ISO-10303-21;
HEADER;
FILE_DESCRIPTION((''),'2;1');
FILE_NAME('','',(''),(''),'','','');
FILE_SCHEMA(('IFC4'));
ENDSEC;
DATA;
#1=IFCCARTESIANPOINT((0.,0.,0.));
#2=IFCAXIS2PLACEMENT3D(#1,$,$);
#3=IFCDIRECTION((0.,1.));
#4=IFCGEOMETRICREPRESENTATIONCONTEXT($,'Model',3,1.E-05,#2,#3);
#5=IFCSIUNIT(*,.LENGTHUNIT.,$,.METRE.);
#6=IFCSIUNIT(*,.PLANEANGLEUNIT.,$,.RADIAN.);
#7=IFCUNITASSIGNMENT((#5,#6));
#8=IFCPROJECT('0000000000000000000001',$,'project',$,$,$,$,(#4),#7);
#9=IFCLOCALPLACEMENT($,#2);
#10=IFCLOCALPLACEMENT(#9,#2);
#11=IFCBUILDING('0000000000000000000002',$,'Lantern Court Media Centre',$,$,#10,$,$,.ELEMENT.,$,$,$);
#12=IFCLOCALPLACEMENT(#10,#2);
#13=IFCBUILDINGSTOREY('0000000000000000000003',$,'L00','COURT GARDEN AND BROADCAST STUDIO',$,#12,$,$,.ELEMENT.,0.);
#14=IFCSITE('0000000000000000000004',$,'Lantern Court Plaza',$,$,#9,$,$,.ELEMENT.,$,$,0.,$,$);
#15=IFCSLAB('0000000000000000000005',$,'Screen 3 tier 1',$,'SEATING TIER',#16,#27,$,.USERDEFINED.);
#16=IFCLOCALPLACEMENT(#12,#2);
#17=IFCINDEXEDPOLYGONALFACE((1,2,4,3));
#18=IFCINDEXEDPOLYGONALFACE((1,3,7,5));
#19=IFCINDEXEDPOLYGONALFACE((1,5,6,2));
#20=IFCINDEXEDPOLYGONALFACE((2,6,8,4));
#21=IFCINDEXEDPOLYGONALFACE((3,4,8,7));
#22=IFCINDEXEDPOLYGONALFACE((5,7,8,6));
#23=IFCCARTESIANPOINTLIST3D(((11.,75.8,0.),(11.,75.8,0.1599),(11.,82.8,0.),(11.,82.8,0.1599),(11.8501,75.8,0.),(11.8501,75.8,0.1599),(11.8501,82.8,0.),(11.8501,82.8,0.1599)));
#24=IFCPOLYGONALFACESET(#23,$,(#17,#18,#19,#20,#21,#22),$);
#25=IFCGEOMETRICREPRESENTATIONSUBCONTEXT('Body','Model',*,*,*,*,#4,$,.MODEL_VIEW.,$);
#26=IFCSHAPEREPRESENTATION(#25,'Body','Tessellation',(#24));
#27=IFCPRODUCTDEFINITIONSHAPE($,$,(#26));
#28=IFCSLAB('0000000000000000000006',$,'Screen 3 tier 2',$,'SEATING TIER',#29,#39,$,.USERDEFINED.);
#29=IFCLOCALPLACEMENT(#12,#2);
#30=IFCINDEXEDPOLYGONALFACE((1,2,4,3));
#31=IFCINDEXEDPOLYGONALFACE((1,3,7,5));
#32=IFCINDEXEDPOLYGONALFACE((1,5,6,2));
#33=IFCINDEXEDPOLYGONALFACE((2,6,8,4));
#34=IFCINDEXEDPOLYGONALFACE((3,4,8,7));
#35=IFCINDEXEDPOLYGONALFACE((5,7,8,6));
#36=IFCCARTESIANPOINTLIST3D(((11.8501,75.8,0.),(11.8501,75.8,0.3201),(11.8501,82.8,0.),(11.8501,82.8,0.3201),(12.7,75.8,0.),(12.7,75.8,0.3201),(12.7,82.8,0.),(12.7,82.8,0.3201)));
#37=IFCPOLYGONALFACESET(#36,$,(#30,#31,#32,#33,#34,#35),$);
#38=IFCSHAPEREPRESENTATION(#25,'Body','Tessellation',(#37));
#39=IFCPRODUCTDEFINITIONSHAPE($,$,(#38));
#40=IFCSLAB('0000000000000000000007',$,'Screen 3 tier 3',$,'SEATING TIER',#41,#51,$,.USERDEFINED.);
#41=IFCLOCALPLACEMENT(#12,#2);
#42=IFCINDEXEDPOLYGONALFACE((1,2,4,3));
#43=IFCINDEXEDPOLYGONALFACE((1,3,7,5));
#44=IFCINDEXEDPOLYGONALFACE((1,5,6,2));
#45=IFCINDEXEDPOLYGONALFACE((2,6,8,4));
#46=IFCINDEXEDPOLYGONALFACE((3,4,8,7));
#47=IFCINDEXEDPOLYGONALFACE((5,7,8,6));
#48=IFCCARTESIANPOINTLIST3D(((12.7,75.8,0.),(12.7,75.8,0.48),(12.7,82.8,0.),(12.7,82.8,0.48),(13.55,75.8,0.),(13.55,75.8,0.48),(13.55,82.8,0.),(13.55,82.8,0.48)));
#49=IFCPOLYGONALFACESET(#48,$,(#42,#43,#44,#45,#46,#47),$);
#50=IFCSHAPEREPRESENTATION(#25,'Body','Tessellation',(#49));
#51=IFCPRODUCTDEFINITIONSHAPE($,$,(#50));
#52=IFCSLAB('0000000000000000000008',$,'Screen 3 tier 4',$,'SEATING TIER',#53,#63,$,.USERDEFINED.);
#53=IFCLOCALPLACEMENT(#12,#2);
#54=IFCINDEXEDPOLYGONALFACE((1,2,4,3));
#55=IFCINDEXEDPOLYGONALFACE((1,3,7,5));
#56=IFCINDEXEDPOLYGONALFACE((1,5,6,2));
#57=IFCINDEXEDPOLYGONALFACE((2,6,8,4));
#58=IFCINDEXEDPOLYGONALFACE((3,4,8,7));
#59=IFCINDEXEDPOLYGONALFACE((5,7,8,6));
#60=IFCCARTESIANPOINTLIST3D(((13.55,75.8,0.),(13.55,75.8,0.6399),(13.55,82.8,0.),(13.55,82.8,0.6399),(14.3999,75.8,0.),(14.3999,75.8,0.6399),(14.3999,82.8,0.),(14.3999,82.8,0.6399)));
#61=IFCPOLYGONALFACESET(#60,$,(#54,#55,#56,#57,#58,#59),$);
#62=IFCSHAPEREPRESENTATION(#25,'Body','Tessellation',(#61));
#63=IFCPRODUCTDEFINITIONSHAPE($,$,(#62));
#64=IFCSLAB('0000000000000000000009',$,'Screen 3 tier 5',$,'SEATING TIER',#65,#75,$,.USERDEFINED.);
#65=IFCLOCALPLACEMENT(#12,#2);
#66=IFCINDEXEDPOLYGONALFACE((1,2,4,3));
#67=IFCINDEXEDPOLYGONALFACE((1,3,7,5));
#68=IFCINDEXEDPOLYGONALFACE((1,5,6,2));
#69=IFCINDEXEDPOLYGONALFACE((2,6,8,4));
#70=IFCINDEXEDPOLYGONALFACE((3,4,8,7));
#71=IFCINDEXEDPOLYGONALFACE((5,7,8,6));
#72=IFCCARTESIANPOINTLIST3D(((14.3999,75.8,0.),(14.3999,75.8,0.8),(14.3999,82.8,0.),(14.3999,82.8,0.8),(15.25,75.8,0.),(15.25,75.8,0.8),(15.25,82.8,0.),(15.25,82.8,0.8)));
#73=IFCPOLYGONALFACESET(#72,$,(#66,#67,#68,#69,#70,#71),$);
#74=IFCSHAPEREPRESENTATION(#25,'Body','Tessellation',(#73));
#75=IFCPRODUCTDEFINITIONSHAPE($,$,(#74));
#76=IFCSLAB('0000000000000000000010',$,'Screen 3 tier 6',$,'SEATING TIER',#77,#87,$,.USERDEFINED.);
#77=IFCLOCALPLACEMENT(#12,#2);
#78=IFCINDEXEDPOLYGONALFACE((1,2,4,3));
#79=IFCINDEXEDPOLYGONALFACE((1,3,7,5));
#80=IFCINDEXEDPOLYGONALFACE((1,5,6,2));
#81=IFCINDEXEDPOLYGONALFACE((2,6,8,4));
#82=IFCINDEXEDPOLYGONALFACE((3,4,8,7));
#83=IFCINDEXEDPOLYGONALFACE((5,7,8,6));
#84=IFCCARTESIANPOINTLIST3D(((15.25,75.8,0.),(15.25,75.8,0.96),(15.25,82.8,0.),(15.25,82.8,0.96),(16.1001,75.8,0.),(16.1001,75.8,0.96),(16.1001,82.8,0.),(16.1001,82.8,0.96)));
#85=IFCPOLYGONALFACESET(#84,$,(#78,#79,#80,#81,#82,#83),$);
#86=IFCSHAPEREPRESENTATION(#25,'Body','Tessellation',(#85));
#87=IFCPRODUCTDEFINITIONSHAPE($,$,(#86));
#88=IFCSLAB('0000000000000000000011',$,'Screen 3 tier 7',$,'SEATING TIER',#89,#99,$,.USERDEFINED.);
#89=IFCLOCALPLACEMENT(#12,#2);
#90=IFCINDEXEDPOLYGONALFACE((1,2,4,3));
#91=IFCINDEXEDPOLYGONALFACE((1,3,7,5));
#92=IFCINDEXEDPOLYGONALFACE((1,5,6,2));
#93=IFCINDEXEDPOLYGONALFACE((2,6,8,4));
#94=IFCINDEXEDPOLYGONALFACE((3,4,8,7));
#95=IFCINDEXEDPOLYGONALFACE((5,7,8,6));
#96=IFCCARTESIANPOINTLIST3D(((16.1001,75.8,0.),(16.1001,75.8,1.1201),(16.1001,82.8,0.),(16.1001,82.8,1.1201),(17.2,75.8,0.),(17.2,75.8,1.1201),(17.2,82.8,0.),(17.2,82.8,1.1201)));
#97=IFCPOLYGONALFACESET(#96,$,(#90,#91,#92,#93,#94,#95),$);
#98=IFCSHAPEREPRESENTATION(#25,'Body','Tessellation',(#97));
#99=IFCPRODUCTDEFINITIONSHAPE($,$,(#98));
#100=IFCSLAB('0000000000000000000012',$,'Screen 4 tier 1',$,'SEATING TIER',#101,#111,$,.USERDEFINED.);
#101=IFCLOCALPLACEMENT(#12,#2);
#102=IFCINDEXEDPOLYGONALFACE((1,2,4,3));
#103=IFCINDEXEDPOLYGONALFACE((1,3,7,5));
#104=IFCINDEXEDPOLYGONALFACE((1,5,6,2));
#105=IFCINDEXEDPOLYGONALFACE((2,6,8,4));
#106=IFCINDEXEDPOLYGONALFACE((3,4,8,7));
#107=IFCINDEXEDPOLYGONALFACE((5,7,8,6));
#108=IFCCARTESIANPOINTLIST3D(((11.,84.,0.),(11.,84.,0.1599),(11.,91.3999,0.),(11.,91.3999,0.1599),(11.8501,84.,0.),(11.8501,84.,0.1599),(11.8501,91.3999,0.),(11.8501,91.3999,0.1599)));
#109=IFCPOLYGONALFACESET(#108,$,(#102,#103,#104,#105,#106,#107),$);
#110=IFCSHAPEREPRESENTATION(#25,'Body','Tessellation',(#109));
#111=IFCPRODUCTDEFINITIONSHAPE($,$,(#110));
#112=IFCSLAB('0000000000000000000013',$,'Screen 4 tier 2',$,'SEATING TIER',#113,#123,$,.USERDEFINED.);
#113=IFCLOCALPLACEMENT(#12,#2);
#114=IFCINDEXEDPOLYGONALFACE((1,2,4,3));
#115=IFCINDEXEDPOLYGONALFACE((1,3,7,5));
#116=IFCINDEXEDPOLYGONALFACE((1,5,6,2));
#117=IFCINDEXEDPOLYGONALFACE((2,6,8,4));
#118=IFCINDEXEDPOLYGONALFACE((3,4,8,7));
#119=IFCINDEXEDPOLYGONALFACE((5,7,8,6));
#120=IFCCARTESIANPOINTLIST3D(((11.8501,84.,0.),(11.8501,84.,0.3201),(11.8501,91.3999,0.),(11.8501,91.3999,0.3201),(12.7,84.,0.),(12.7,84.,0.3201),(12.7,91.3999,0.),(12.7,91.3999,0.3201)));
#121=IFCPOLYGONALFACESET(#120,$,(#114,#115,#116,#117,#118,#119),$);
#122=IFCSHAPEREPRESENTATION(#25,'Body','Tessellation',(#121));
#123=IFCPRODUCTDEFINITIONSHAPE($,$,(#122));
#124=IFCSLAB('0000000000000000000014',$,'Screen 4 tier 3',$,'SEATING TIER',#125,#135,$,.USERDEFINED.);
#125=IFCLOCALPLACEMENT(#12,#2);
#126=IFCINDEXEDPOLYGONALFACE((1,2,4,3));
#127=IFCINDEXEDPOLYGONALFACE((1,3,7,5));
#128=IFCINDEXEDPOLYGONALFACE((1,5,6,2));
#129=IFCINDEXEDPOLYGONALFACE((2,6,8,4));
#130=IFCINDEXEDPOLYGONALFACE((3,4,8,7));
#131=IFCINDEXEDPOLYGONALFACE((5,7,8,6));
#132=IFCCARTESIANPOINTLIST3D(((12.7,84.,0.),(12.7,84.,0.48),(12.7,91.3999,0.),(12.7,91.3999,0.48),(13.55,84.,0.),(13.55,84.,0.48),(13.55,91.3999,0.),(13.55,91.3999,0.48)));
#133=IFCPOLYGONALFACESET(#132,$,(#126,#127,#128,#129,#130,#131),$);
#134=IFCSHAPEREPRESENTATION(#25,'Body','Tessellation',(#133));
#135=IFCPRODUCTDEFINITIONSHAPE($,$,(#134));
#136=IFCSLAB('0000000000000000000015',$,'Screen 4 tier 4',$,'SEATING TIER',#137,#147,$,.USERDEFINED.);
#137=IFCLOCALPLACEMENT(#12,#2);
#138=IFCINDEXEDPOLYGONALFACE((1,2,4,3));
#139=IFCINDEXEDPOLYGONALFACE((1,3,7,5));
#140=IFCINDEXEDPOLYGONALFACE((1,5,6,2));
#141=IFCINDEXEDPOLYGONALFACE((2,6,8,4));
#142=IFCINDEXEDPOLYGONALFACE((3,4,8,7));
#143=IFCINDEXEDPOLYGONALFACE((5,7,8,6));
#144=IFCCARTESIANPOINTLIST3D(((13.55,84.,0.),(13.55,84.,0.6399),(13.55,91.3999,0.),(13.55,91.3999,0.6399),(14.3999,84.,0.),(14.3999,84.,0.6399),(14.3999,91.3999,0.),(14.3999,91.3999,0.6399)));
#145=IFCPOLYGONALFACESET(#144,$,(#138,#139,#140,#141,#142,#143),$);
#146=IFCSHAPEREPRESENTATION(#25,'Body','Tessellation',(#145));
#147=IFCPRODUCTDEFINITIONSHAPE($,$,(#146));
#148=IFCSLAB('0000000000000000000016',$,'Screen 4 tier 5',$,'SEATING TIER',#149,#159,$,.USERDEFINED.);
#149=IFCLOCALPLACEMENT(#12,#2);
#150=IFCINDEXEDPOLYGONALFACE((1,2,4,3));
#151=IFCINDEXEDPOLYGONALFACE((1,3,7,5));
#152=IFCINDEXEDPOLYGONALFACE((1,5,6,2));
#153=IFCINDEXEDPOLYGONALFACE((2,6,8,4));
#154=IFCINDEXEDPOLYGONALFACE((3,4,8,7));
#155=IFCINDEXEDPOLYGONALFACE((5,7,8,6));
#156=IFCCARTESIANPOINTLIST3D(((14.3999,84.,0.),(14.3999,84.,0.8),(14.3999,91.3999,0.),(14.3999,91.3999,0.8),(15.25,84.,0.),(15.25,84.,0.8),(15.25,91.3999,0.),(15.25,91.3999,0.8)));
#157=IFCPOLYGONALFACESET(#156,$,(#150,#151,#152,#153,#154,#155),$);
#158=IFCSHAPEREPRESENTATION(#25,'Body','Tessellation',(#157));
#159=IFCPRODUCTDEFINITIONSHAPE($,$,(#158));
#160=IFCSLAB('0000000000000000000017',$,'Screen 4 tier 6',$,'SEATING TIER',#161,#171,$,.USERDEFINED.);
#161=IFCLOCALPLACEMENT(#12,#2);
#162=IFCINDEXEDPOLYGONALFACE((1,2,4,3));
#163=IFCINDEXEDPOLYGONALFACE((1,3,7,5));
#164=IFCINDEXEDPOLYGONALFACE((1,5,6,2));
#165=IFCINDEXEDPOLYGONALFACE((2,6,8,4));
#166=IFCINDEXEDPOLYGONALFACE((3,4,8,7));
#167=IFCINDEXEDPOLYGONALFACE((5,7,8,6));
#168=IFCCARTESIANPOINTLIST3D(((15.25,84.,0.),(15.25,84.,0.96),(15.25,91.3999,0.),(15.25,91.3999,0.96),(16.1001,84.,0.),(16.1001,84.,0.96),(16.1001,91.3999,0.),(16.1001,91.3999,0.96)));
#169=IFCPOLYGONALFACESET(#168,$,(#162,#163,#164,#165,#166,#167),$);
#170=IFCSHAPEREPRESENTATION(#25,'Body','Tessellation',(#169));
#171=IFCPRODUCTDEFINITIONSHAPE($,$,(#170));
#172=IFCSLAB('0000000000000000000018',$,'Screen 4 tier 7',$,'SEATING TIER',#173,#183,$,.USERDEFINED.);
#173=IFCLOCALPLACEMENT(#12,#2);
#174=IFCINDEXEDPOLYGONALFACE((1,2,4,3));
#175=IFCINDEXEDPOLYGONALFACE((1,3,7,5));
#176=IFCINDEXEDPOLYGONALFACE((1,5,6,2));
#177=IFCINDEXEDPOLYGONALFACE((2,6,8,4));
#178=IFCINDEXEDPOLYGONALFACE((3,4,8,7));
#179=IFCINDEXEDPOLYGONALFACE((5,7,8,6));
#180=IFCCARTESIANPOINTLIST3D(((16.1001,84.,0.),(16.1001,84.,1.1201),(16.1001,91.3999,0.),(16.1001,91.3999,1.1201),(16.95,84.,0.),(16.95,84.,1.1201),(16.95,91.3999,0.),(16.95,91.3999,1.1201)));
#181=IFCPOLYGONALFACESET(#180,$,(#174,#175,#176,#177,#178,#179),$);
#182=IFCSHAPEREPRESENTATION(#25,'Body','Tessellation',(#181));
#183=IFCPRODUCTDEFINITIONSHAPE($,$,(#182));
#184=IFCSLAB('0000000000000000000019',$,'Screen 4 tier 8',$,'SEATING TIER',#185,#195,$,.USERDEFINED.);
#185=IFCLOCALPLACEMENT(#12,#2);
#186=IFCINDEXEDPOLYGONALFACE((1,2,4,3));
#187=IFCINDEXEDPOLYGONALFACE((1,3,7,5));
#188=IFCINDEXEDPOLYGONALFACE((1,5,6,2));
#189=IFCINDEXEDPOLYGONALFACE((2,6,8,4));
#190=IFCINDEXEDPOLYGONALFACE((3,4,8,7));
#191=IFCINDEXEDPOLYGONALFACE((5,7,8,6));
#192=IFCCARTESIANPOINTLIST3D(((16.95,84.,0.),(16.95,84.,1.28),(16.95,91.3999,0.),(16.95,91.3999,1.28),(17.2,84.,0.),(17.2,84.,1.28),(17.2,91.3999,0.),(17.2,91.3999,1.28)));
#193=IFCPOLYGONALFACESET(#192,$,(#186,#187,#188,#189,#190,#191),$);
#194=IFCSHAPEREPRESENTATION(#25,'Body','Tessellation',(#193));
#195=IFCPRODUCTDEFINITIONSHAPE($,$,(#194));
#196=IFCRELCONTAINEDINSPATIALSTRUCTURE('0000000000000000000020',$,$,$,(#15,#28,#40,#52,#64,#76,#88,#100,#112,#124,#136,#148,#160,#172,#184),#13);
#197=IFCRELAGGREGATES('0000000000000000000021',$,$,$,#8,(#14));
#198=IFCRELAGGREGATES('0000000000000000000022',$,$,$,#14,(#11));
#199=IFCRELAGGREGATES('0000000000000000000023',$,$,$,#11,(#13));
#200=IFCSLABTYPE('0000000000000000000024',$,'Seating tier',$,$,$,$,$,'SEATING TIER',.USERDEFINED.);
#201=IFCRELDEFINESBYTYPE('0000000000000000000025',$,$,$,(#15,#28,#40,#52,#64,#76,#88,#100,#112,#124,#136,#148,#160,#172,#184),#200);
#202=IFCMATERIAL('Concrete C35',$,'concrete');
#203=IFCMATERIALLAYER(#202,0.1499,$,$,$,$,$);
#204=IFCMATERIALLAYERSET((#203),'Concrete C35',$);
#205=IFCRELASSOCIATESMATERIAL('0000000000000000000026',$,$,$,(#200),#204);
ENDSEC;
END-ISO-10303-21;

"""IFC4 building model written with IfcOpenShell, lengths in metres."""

from ifc_helpers import new_model, si_unit, direction, origin, place, context, subcontext, project, spatial, polyline, outline, extrude, material, layer, layer_set, type_object, element, save


model = new_model("IFC4")

# Units and contexts
model_context = context("Model", 3, precision=1e-05, world=origin(), true_north=direction((0.0, 1.0)))
body_context = subcontext(model_context, "Body", "Model", "MODEL_VIEW")
ifc_project = project(units=[si_unit("LENGTHUNIT", "METRE"), si_unit("PLANEANGLEUNIT", "RADIAN")], contexts=[model_context])

# Site, building, storey
site_placement = place(None, origin())
site = spatial("IfcSite", under=ifc_project, at=site_placement, Name="Lantern Court Plaza", CompositionType="ELEMENT", RefElevation=0.0)
building_placement = place(site_placement, origin())
building = spatial("IfcBuilding", under=site, at=building_placement, Name="Lantern Court Media Centre", CompositionType="ELEMENT")
storey_placement = place(building_placement, origin())
storey = spatial("IfcBuildingStorey", under=building, at=storey_placement, Name="L00", Description="COURT GARDEN AND BROADCAST STUDIO", CompositionType="ELEMENT", Elevation=0.0)

# Slabs
ifc_material_1 = material(Name="Concrete C35", Category="concrete")
ifc_layer_1 = layer(ifc_material_1, 0.1499)
ifc_layer_set_1 = layer_set([ifc_layer_1], Name="Concrete C35")
slab_type = type_object("IfcSlabType", Name="Seating tier", ElementType="SEATING TIER", PredefinedType="USERDEFINED", material=ifc_layer_set_1)
slab_1_placement = place(storey_placement, origin())
element("IfcSlab", 1, at=slab_1_placement, inside=storey, type_object=slab_type, Name="Screen 3 tier 1", ObjectType="SEATING TIER", PredefinedType="USERDEFINED", context=body_context, shape_type="SweptSolid", body=[
    extrude(outline(polyline([(11.0, 75.8), (11.8501, 75.8), (11.8501, 82.8), (11.0, 82.8), (11.0, 75.8)])), origin(), (0.0, 0.0, 1.0), 0.1599),
])
slab_2_placement = place(storey_placement, origin())
element("IfcSlab", 2, at=slab_2_placement, inside=storey, type_object=slab_type, Name="Screen 3 tier 2", ObjectType="SEATING TIER", PredefinedType="USERDEFINED", context=body_context, shape_type="SweptSolid", body=[
    extrude(outline(polyline([(11.8501, 75.8), (12.7, 75.8), (12.7, 82.8), (11.8501, 82.8), (11.8501, 75.8)])), origin(), (0.0, 0.0, 1.0), 0.3201),
])
slab_3_placement = place(storey_placement, origin())
element("IfcSlab", 3, at=slab_3_placement, inside=storey, type_object=slab_type, Name="Screen 3 tier 3", ObjectType="SEATING TIER", PredefinedType="USERDEFINED", context=body_context, shape_type="SweptSolid", body=[
    extrude(outline(polyline([(12.7, 75.8), (13.55, 75.8), (13.55, 82.8), (12.7, 82.8), (12.7, 75.8)])), origin(), (0.0, 0.0, 1.0), 0.48),
])
slab_4_placement = place(storey_placement, origin())
element("IfcSlab", 4, at=slab_4_placement, inside=storey, type_object=slab_type, Name="Screen 3 tier 4", ObjectType="SEATING TIER", PredefinedType="USERDEFINED", context=body_context, shape_type="SweptSolid", body=[
    extrude(outline(polyline([(13.55, 75.8), (14.3999, 75.8), (14.3999, 82.8), (13.55, 82.8), (13.55, 75.8)])), origin(), (0.0, 0.0, 1.0), 0.6399),
])
slab_5_placement = place(storey_placement, origin())
element("IfcSlab", 5, at=slab_5_placement, inside=storey, type_object=slab_type, Name="Screen 3 tier 5", ObjectType="SEATING TIER", PredefinedType="USERDEFINED", context=body_context, shape_type="SweptSolid", body=[
    extrude(outline(polyline([(14.3999, 75.8), (15.25, 75.8), (15.25, 82.8), (14.3999, 82.8), (14.3999, 75.8)])), origin(), (0.0, 0.0, 1.0), 0.8),
])
slab_6_placement = place(storey_placement, origin())
element("IfcSlab", 6, at=slab_6_placement, inside=storey, type_object=slab_type, Name="Screen 3 tier 6", ObjectType="SEATING TIER", PredefinedType="USERDEFINED", context=body_context, shape_type="SweptSolid", body=[
    extrude(outline(polyline([(15.25, 75.8), (16.1001, 75.8), (16.1001, 82.8), (15.25, 82.8), (15.25, 75.8)])), origin(), (0.0, 0.0, 1.0), 0.96),
])
slab_7_placement = place(storey_placement, origin())
element("IfcSlab", 7, at=slab_7_placement, inside=storey, type_object=slab_type, Name="Screen 3 tier 7", ObjectType="SEATING TIER", PredefinedType="USERDEFINED", context=body_context, shape_type="SweptSolid", body=[
    extrude(outline(polyline([(16.1001, 75.8), (17.2, 75.8), (17.2, 82.8), (16.1001, 82.8), (16.1001, 75.8)])), origin(), (0.0, 0.0, 1.0), 1.1201),
])
slab_8_placement = place(storey_placement, origin())
element("IfcSlab", 8, at=slab_8_placement, inside=storey, type_object=slab_type, Name="Screen 4 tier 1", ObjectType="SEATING TIER", PredefinedType="USERDEFINED", context=body_context, shape_type="SweptSolid", body=[
    extrude(outline(polyline([(11.0, 84.0), (11.8501, 84.0), (11.8501, 91.3999), (11.0, 91.3999), (11.0, 84.0)])), origin(), (0.0, 0.0, 1.0), 0.1599),
])
slab_9_placement = place(storey_placement, origin())
element("IfcSlab", 9, at=slab_9_placement, inside=storey, type_object=slab_type, Name="Screen 4 tier 2", ObjectType="SEATING TIER", PredefinedType="USERDEFINED", context=body_context, shape_type="SweptSolid", body=[
    extrude(outline(polyline([(11.8501, 84.0), (12.7, 84.0), (12.7, 91.3999), (11.8501, 91.3999), (11.8501, 84.0)])), origin(), (0.0, 0.0, 1.0), 0.3201),
])
slab_10_placement = place(storey_placement, origin())
element("IfcSlab", 10, at=slab_10_placement, inside=storey, type_object=slab_type, Name="Screen 4 tier 3", ObjectType="SEATING TIER", PredefinedType="USERDEFINED", context=body_context, shape_type="SweptSolid", body=[
    extrude(outline(polyline([(12.7, 84.0), (13.55, 84.0), (13.55, 91.3999), (12.7, 91.3999), (12.7, 84.0)])), origin(), (0.0, 0.0, 1.0), 0.48),
])
slab_11_placement = place(storey_placement, origin())
element("IfcSlab", 11, at=slab_11_placement, inside=storey, type_object=slab_type, Name="Screen 4 tier 4", ObjectType="SEATING TIER", PredefinedType="USERDEFINED", context=body_context, shape_type="SweptSolid", body=[
    extrude(outline(polyline([(13.55, 84.0), (14.3999, 84.0), (14.3999, 91.3999), (13.55, 91.3999), (13.55, 84.0)])), origin(), (0.0, 0.0, 1.0), 0.6399),
])
slab_12_placement = place(storey_placement, origin())
element("IfcSlab", 12, at=slab_12_placement, inside=storey, type_object=slab_type, Name="Screen 4 tier 5", ObjectType="SEATING TIER", PredefinedType="USERDEFINED", context=body_context, shape_type="SweptSolid", body=[
    extrude(outline(polyline([(14.3999, 84.0), (15.25, 84.0), (15.25, 91.3999), (14.3999, 91.3999), (14.3999, 84.0)])), origin(), (0.0, 0.0, 1.0), 0.8),
])
slab_13_placement = place(storey_placement, origin())
element("IfcSlab", 13, at=slab_13_placement, inside=storey, type_object=slab_type, Name="Screen 4 tier 6", ObjectType="SEATING TIER", PredefinedType="USERDEFINED", context=body_context, shape_type="SweptSolid", body=[
    extrude(outline(polyline([(15.25, 84.0), (16.1001, 84.0), (16.1001, 91.3999), (15.25, 91.3999), (15.25, 84.0)])), origin(), (0.0, 0.0, 1.0), 0.96),
])
slab_14_placement = place(storey_placement, origin())
element("IfcSlab", 14, at=slab_14_placement, inside=storey, type_object=slab_type, Name="Screen 4 tier 7", ObjectType="SEATING TIER", PredefinedType="USERDEFINED", context=body_context, shape_type="SweptSolid", body=[
    extrude(outline(polyline([(16.1001, 84.0), (16.95, 84.0), (16.95, 91.3999), (16.1001, 91.3999), (16.1001, 84.0)])), origin(), (0.0, 0.0, 1.0), 1.1201),
])
slab_15_placement = place(storey_placement, origin())
element("IfcSlab", 15, at=slab_15_placement, inside=storey, type_object=slab_type, Name="Screen 4 tier 8", ObjectType="SEATING TIER", PredefinedType="USERDEFINED", context=body_context, shape_type="SweptSolid", body=[
    extrude(outline(polyline([(16.95, 84.0), (17.2, 84.0), (17.2, 91.3999), (16.95, 91.3999), (16.95, 84.0)])), origin(), (0.0, 0.0, 1.0), 1.28),
])

save(model, "model.ifc")
